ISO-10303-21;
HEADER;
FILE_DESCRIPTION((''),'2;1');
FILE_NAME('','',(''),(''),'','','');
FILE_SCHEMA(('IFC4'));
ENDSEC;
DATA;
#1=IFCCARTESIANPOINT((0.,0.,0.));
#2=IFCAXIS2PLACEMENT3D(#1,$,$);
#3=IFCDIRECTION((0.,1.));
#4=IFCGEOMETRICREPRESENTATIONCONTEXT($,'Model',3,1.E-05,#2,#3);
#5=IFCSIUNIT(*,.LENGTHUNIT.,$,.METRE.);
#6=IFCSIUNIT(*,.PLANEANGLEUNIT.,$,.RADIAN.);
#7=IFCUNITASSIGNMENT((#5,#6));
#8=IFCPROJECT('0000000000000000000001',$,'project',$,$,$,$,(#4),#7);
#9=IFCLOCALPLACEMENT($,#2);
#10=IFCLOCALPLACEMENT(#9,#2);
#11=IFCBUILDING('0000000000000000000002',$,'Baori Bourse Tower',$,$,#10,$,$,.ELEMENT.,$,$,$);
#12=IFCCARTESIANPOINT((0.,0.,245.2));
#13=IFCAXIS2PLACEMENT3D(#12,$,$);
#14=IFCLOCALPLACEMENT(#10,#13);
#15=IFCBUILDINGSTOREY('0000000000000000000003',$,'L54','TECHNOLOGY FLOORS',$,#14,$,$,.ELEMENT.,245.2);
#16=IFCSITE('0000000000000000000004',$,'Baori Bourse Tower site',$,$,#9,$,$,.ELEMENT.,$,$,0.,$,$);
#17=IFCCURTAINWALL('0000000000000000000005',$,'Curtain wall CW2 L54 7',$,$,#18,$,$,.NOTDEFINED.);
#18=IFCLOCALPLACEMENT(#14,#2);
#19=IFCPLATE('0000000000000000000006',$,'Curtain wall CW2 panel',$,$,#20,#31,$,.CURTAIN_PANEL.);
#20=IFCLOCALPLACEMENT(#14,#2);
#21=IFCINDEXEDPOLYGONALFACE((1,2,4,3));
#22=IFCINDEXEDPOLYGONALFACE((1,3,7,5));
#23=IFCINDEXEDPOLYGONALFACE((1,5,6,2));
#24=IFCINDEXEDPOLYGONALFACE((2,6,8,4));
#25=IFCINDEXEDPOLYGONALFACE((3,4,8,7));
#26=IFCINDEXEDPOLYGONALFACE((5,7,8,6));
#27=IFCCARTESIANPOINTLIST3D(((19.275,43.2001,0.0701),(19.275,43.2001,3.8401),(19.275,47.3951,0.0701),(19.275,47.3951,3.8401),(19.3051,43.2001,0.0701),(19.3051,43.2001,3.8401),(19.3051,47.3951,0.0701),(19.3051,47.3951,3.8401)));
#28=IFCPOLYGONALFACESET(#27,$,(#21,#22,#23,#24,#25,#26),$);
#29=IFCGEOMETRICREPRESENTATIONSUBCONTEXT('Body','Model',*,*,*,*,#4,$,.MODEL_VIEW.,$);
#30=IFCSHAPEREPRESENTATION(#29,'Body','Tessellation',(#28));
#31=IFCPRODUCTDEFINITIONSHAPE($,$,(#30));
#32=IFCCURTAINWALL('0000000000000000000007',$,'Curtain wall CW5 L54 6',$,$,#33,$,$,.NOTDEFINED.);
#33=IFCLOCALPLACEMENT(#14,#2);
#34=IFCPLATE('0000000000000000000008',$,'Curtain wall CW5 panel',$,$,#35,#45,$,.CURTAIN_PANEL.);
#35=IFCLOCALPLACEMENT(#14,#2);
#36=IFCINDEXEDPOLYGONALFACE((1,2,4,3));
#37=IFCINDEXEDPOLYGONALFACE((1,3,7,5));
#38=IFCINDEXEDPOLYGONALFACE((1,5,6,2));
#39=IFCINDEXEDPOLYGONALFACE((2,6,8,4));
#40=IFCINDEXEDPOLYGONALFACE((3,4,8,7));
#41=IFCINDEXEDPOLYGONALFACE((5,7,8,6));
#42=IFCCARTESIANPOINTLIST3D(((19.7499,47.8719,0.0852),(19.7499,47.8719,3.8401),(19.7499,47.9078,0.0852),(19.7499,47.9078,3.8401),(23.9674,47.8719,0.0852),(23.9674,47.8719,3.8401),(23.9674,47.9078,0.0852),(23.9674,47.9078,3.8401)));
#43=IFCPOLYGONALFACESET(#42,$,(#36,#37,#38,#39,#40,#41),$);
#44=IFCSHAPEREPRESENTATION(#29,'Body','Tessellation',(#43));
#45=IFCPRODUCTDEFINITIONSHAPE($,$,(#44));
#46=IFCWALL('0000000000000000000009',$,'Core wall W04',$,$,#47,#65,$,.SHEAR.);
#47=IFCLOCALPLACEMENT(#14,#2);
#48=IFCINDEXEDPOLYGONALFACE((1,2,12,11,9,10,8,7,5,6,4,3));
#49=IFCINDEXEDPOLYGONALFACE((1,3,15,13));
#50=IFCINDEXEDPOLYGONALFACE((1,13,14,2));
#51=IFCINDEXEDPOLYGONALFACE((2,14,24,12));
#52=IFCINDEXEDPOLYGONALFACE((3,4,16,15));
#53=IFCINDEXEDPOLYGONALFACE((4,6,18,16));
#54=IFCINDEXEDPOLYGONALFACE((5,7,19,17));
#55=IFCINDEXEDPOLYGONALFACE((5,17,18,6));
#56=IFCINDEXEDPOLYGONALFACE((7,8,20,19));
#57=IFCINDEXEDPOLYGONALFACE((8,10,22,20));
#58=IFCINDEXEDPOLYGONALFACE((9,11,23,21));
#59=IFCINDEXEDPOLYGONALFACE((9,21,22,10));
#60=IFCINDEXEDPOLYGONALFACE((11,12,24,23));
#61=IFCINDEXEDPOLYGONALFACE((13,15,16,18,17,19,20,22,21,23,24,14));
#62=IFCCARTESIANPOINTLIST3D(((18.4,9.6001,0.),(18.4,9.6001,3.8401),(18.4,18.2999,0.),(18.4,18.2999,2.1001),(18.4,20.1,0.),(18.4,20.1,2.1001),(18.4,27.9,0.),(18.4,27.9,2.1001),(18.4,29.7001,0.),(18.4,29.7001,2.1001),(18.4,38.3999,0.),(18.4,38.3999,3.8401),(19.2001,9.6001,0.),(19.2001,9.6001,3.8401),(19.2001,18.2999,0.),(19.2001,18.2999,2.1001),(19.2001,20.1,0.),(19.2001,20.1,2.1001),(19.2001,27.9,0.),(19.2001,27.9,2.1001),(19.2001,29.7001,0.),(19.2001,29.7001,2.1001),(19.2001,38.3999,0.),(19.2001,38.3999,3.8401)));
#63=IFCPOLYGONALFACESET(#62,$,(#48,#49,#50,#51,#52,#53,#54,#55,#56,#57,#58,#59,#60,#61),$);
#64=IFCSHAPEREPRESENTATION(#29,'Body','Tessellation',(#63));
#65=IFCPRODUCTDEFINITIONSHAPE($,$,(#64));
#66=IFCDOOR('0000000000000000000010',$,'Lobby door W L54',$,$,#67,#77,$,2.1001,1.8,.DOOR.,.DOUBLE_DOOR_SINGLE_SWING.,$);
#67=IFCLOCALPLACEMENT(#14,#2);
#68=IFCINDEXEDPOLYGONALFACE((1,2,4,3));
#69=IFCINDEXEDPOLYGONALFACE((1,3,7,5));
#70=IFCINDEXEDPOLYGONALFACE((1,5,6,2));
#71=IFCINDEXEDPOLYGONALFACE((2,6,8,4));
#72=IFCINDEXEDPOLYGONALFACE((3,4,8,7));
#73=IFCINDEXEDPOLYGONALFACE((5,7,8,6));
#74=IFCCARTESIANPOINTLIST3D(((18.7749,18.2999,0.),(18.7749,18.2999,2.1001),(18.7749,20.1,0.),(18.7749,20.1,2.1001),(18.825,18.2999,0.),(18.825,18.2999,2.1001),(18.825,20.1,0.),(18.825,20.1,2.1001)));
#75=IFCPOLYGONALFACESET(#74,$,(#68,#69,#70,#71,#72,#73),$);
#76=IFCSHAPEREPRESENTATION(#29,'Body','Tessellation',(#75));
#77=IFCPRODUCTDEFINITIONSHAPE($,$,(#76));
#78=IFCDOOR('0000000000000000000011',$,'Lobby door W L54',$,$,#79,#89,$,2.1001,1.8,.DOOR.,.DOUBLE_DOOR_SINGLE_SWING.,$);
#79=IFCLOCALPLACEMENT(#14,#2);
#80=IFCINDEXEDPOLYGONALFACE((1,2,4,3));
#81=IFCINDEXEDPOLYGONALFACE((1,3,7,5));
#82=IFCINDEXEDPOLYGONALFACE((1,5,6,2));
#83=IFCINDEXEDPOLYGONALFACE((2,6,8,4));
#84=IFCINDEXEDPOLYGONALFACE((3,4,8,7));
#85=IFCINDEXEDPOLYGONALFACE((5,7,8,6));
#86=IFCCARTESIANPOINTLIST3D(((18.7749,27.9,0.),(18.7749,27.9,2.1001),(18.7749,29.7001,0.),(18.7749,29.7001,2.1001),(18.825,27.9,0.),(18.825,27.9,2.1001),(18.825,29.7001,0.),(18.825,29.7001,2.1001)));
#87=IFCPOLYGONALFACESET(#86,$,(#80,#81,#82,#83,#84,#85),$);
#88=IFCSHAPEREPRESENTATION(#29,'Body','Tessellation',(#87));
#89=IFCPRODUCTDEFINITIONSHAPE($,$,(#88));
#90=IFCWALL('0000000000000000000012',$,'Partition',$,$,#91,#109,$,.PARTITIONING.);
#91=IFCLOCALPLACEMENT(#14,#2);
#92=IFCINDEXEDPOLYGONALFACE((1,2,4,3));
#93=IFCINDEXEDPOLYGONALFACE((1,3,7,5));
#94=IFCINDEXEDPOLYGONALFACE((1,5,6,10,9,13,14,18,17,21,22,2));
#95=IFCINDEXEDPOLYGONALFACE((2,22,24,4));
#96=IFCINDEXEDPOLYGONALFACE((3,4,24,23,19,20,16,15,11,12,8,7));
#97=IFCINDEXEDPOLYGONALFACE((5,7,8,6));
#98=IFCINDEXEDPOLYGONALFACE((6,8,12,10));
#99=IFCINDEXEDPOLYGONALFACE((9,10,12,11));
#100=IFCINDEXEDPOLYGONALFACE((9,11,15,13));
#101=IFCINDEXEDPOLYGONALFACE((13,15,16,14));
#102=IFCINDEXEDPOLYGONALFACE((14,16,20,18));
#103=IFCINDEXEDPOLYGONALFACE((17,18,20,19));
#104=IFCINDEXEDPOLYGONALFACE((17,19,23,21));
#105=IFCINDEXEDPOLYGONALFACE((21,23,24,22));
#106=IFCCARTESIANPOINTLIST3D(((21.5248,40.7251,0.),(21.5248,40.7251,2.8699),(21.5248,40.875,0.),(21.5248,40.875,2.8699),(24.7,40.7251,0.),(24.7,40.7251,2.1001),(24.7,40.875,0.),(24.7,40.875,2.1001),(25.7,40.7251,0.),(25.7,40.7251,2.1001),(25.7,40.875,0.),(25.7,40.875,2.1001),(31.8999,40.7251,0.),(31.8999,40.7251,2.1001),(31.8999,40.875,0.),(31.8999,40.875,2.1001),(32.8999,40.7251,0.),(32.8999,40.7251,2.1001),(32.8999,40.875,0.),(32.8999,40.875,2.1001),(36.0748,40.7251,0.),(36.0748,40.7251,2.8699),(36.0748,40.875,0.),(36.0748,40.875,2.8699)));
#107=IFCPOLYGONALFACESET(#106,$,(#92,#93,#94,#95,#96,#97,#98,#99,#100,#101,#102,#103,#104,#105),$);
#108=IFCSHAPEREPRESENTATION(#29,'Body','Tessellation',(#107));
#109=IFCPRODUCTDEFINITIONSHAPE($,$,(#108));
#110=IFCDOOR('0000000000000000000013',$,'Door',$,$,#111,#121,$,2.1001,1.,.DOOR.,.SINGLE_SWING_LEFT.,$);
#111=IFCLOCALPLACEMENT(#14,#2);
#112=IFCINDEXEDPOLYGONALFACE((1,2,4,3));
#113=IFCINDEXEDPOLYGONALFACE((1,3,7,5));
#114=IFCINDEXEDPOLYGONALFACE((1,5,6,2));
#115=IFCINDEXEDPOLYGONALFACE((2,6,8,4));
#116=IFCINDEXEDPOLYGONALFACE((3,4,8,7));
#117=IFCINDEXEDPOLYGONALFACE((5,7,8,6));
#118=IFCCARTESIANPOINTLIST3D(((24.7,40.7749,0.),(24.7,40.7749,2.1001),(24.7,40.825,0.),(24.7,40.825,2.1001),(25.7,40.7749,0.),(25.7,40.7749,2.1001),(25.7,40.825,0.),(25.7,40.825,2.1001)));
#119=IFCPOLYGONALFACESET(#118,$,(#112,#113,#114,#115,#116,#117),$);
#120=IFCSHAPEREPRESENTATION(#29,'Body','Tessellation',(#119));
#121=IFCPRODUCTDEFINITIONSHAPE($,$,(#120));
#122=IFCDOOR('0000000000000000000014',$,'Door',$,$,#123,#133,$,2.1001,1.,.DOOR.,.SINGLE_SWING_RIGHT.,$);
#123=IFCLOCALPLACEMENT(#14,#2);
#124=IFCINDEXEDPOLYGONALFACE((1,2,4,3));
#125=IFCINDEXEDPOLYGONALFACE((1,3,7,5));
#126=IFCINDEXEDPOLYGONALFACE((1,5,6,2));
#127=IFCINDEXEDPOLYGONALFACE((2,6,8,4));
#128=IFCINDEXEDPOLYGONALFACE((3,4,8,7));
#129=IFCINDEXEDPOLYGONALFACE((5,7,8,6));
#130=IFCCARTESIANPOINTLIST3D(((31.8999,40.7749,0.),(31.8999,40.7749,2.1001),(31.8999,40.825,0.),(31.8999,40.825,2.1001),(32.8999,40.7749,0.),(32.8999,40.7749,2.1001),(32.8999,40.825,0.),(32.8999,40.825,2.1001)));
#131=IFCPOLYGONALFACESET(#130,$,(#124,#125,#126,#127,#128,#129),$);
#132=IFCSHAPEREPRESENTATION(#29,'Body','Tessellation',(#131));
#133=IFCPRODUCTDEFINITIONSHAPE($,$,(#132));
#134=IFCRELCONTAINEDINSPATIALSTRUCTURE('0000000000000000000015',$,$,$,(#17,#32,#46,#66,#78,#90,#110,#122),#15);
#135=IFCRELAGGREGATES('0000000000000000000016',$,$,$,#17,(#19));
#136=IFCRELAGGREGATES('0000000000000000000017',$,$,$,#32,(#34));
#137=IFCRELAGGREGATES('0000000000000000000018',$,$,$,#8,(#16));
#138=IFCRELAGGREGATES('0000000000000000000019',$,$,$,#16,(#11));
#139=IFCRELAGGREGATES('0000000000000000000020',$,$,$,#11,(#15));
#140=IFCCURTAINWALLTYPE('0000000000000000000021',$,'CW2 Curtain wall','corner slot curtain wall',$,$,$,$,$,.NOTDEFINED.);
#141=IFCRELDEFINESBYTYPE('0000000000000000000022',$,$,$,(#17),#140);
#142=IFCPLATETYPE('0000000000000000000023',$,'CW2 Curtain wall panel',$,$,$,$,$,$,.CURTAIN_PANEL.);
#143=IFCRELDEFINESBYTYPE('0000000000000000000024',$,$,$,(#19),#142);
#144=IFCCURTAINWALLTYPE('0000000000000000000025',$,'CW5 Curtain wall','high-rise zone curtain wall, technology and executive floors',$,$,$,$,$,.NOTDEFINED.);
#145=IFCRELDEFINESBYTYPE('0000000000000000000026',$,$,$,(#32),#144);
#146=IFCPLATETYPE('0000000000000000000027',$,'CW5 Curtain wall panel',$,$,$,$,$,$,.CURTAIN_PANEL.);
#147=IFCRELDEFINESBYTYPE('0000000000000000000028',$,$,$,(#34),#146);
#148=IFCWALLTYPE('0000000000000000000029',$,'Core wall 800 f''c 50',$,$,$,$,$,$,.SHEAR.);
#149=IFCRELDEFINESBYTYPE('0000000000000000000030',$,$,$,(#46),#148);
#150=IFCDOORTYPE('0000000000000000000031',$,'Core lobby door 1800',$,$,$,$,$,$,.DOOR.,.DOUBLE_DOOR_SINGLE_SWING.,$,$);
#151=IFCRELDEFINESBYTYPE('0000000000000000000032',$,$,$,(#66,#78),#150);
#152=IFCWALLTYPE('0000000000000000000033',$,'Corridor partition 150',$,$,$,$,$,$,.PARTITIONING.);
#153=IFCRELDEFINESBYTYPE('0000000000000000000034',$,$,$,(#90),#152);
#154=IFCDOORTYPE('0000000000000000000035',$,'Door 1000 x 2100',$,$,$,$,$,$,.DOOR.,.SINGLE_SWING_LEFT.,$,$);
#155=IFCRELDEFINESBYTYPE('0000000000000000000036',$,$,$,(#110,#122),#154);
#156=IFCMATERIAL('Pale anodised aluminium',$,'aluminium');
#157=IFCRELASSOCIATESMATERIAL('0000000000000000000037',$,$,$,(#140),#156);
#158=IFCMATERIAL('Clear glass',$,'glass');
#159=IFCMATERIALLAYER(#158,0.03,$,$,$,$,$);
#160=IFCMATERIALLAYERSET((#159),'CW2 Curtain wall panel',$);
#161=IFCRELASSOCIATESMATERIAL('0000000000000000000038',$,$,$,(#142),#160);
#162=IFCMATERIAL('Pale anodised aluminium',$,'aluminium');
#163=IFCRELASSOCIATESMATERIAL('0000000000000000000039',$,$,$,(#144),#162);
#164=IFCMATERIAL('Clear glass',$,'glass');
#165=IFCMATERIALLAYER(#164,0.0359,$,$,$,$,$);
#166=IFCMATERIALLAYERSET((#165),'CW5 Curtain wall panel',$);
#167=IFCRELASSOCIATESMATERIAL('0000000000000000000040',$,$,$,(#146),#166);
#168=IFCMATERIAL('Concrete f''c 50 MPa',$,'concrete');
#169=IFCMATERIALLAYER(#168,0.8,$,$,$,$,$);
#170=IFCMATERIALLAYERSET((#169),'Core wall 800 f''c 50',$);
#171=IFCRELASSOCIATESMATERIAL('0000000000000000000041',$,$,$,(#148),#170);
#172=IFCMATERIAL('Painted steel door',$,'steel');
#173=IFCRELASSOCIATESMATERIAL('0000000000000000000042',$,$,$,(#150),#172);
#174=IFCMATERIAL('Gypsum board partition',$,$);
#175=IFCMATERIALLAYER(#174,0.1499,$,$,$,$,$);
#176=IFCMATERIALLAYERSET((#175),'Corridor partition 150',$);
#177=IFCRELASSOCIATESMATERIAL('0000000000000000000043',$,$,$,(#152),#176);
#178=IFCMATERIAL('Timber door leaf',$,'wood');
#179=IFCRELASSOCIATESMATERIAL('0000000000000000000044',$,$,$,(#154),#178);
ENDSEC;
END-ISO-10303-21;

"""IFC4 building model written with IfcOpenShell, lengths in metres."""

from ifc_helpers import new_model, si_unit, direction, frame, frame_2d, origin, origin_2d, place, context, subcontext, project, spatial, rectangle, extrude, material, layer, layer_set, type_object, element, fill, aggregate, save


model = new_model("IFC4")

# Units and contexts
model_context = context("Model", 3, precision=1e-05, world=origin(), true_north=direction((0.0, 1.0)))
body_context = subcontext(model_context, "Body", "Model", "MODEL_VIEW")
ifc_project = project(units=[si_unit("LENGTHUNIT", "METRE"), si_unit("PLANEANGLEUNIT", "RADIAN")], contexts=[model_context])

# Site, building, storey
site_placement = place(None, origin())
site = spatial("IfcSite", under=ifc_project, at=site_placement, Name="Baori Bourse Tower site", CompositionType="ELEMENT", RefElevation=0.0)
building_placement = place(site_placement, origin())
building = spatial("IfcBuilding", under=site, at=building_placement, Name="Baori Bourse Tower", CompositionType="ELEMENT")
storey_placement = place(building_placement, frame((0.0, 0.0, 245.2)))
storey = spatial("IfcBuildingStorey", under=building, at=storey_placement, Name="L54", Description="TECHNOLOGY FLOORS", CompositionType="ELEMENT", Elevation=245.2)

# Curtain wall
ifc_material_1 = material(Name="Pale anodised aluminium", Category="aluminium")
curtain_wall_type_1 = type_object("IfcCurtainWallType", Name="CW2 Curtain wall", Description="corner slot curtain wall", PredefinedType="NOTDEFINED", material=ifc_material_1)
curtain_wall_1_placement = place(storey_placement, origin())
curtain_wall_1 = element("IfcCurtainWall", 1, at=curtain_wall_1_placement, inside=storey, type_object=curtain_wall_type_1, Name="Curtain wall CW2 L54 7", PredefinedType="NOTDEFINED")

# Plate
ifc_material_2 = material(Name="Clear glass", Category="glass")
ifc_layer_1 = layer(ifc_material_2, 0.03)
ifc_layer_set_1 = layer_set([ifc_layer_1], Name="CW2 Curtain wall panel")
plate_type_1 = type_object("IfcPlateType", Name="CW2 Curtain wall panel", PredefinedType="CURTAIN_PANEL", material=ifc_layer_set_1)
plate_1_placement = place(storey_placement, frame((19.29, 45.2976, 0.0701), z_axis=(0.0, 0.0, 1.0), x_axis=(0.0, -1.0, 0.0)))
plate_1 = element("IfcPlate", 2, at=plate_1_placement, type_object=plate_type_1, Name="Curtain wall CW2 panel", PredefinedType="CURTAIN_PANEL", context=body_context, shape_type="SweptSolid", body=[
    extrude(rectangle(XDim=4.1951, YDim=0.03, at=origin_2d()), origin(), (0.0, 0.0, 1.0), 3.77),
])
aggregate(curtain_wall_1, [plate_1])

# Curtain wall, plate
ifc_material_3 = material(Name="Pale anodised aluminium", Category="aluminium")
curtain_wall_type_2 = type_object("IfcCurtainWallType", Name="CW5 Curtain wall", Description="high-rise zone curtain wall, technology and executive floors", PredefinedType="NOTDEFINED", material=ifc_material_3)
curtain_wall_2_placement = place(storey_placement, origin())
curtain_wall_2 = element("IfcCurtainWall", 3, at=curtain_wall_2_placement, inside=storey, type_object=curtain_wall_type_2, Name="Curtain wall CW5 L54 6", PredefinedType="NOTDEFINED")
ifc_material_4 = material(Name="Clear glass", Category="glass")
ifc_layer_2 = layer(ifc_material_4, 0.0359)
ifc_layer_set_2 = layer_set([ifc_layer_2], Name="CW5 Curtain wall panel")
plate_type_2 = type_object("IfcPlateType", Name="CW5 Curtain wall panel", PredefinedType="CURTAIN_PANEL", material=ifc_layer_set_2)
plate_2_placement = place(storey_placement, frame((21.8586, 47.8899, 0.0852), z_axis=(0.0, 0.0, 1.0), x_axis=(-1.0, 0.0, 0.0)))
plate_2 = element("IfcPlate", 4, at=plate_2_placement, type_object=plate_type_2, Name="Curtain wall CW5 panel", PredefinedType="CURTAIN_PANEL", context=body_context, shape_type="SweptSolid", body=[
    extrude(rectangle(XDim=4.2175, YDim=0.0359, at=origin_2d()), origin(), (0.0, 0.0, 1.0), 3.7549),
])
aggregate(curtain_wall_2, [plate_2])

# Walls, openings, doors
ifc_material_5 = material(Name="Concrete f'c 50 MPa", Category="concrete")
ifc_layer_3 = layer(ifc_material_5, 0.8)
ifc_layer_set_3 = layer_set([ifc_layer_3], Name="Core wall 800 f'c 50")
wall_type_1 = type_object("IfcWallType", Name="Core wall 800 f'c 50", PredefinedType="SHEAR", material=ifc_layer_set_3)
wall_1_placement = place(storey_placement, frame((18.8, 38.3999, 0.0), z_axis=(0.0, 0.0, 1.0), x_axis=(0.0, -1.0, 0.0)))
wall_1 = element("IfcWall", 5, at=wall_1_placement, inside=storey, type_object=wall_type_1, Name="Core wall W04", PredefinedType="SHEAR", context=body_context, shape_type="SweptSolid", body=[
    extrude(rectangle(XDim=28.7998, YDim=0.8, at=frame_2d((14.3999, 0.0))), origin(), (0.0, 0.0, 1.0), 3.8401),
])
opening_1_placement = place(wall_1_placement, frame((18.3, 0.0, 0.0)))
opening_1 = element("IfcOpeningElement", 6, at=opening_1_placement, cuts=wall_1, PredefinedType="OPENING", context=body_context, shape_type="SweptSolid", body=[
    extrude(rectangle(XDim=1.8, YDim=2.1001, at=frame_2d((0.8999, 1.05))), frame((0.0, 0.4099, 0.0), z_axis=(0.0, -1.0, 0.0), x_axis=(1.0, 0.0, 0.0)), (0.0, 0.0, 1.0), 0.8201),
])
opening_2_placement = place(wall_1_placement, frame((8.7, 0.0, 0.0)))
opening_2 = element("IfcOpeningElement", 7, at=opening_2_placement, cuts=wall_1, PredefinedType="OPENING", context=body_context, shape_type="SweptSolid", body=[
    extrude(rectangle(XDim=1.8, YDim=2.1001, at=frame_2d((0.8999, 1.05))), frame((0.0, 0.4099, 0.0), z_axis=(0.0, -1.0, 0.0), x_axis=(1.0, 0.0, 0.0)), (0.0, 0.0, 1.0), 0.8201),
])
ifc_material_6 = material(Name="Painted steel door", Category="steel")
door_type_1 = type_object("IfcDoorType", Name="Core lobby door 1800", OperationType="DOUBLE_DOOR_SINGLE_SWING", PredefinedType="DOOR", material=ifc_material_6)
door_1_placement = place(opening_1_placement, origin())
door_1 = element("IfcDoor", 8, at=door_1_placement, inside=storey, type_object=door_type_1, Name="Lobby door W L54", OperationType="DOUBLE_DOOR_SINGLE_SWING", OverallHeight=2.1001, OverallWidth=1.8, PredefinedType="DOOR", context=body_context, shape_type="SweptSolid", body=[
    extrude(rectangle(XDim=1.8, YDim=2.1001, at=frame_2d((0.8999, 1.05))), frame((0.0, 0.0249, 0.0), z_axis=(0.0, -1.0, 0.0), x_axis=(1.0, 0.0, 0.0)), (0.0, 0.0, 1.0), 0.05),
])
fill(opening_1, door_1)
door_2_placement = place(opening_2_placement, origin())
door_2 = element("IfcDoor", 9, at=door_2_placement, inside=storey, type_object=door_type_1, Name="Lobby door W L54", OperationType="DOUBLE_DOOR_SINGLE_SWING", OverallHeight=2.1001, OverallWidth=1.8, PredefinedType="DOOR", context=body_context, shape_type="SweptSolid", body=[
    extrude(rectangle(XDim=1.8, YDim=2.1001, at=frame_2d((0.8999, 1.05))), frame((0.0, 0.0249, 0.0), z_axis=(0.0, -1.0, 0.0), x_axis=(1.0, 0.0, 0.0)), (0.0, 0.0, 1.0), 0.05),
])
fill(opening_2, door_2)
ifc_material_7 = material(Name="Gypsum board partition")
ifc_layer_4 = layer(ifc_material_7, 0.1499)
ifc_layer_set_4 = layer_set([ifc_layer_4], Name="Corridor partition 150")
wall_type_2 = type_object("IfcWallType", Name="Corridor partition 150", PredefinedType="PARTITIONING", material=ifc_layer_set_4)
wall_2_placement = place(storey_placement, frame((21.5249, 40.8, 0.0), z_axis=(0.0, 0.0, 1.0), x_axis=(1.0, 0.0, 0.0)))
wall_2 = element("IfcWall", 10, at=wall_2_placement, inside=storey, type_object=wall_type_2, Name="Partition", PredefinedType="PARTITIONING", context=body_context, shape_type="SweptSolid", body=[
    extrude(rectangle(XDim=14.55, YDim=0.1499, at=frame_2d((7.2749, 0.0))), origin(), (0.0, 0.0, 1.0), 2.8699),
])
opening_3_placement = place(wall_2_placement, frame((3.175, 0.0, 0.0)))
opening_3 = element("IfcOpeningElement", 11, at=opening_3_placement, cuts=wall_2, PredefinedType="OPENING", context=body_context, shape_type="SweptSolid", body=[
    extrude(rectangle(XDim=1.0, YDim=2.1001, at=frame_2d((0.5, 1.05))), frame((0.0, 0.085, 0.0), z_axis=(0.0, -1.0, 0.0), x_axis=(1.0, 0.0, 0.0)), (0.0, 0.0, 1.0), 0.1699),
])
opening_4_placement = place(wall_2_placement, frame((10.375, 0.0, 0.0)))
opening_4 = element("IfcOpeningElement", 12, at=opening_4_placement, cuts=wall_2, PredefinedType="OPENING", context=body_context, shape_type="SweptSolid", body=[
    extrude(rectangle(XDim=1.0, YDim=2.1001, at=frame_2d((0.5, 1.05))), frame((0.0, 0.085, 0.0), z_axis=(0.0, -1.0, 0.0), x_axis=(1.0, 0.0, 0.0)), (0.0, 0.0, 1.0), 0.1699),
])
ifc_material_8 = material(Name="Timber door leaf", Category="wood")
door_type_2 = type_object("IfcDoorType", Name="Door 1000 x 2100", OperationType="SINGLE_SWING_LEFT", PredefinedType="DOOR", material=ifc_material_8)
door_3_placement = place(opening_3_placement, origin())
door_3 = element("IfcDoor", 13, at=door_3_placement, inside=storey, type_object=door_type_2, Name="Door", OperationType="SINGLE_SWING_LEFT", OverallHeight=2.1001, OverallWidth=1.0, PredefinedType="DOOR", context=body_context, shape_type="SweptSolid", body=[
    extrude(rectangle(XDim=1.0, YDim=2.1001, at=frame_2d((0.5, 1.05))), frame((0.0, 0.0249, 0.0), z_axis=(0.0, -1.0, 0.0), x_axis=(1.0, 0.0, 0.0)), (0.0, 0.0, 1.0), 0.05),
])
fill(opening_3, door_3)
door_4_placement = place(opening_4_placement, origin())
door_4 = element("IfcDoor", 14, at=door_4_placement, inside=storey, type_object=door_type_2, Name="Door", OperationType="SINGLE_SWING_RIGHT", OverallHeight=2.1001, OverallWidth=1.0, PredefinedType="DOOR", context=body_context, shape_type="SweptSolid", body=[
    extrude(rectangle(XDim=1.0, YDim=2.1001, at=frame_2d((0.5, 1.05))), frame((0.0, 0.0249, 0.0), z_axis=(0.0, -1.0, 0.0), x_axis=(1.0, 0.0, 0.0)), (0.0, 0.0, 1.0), 0.05),
])
fill(opening_4, door_4)

save(model, "model.ifc")
